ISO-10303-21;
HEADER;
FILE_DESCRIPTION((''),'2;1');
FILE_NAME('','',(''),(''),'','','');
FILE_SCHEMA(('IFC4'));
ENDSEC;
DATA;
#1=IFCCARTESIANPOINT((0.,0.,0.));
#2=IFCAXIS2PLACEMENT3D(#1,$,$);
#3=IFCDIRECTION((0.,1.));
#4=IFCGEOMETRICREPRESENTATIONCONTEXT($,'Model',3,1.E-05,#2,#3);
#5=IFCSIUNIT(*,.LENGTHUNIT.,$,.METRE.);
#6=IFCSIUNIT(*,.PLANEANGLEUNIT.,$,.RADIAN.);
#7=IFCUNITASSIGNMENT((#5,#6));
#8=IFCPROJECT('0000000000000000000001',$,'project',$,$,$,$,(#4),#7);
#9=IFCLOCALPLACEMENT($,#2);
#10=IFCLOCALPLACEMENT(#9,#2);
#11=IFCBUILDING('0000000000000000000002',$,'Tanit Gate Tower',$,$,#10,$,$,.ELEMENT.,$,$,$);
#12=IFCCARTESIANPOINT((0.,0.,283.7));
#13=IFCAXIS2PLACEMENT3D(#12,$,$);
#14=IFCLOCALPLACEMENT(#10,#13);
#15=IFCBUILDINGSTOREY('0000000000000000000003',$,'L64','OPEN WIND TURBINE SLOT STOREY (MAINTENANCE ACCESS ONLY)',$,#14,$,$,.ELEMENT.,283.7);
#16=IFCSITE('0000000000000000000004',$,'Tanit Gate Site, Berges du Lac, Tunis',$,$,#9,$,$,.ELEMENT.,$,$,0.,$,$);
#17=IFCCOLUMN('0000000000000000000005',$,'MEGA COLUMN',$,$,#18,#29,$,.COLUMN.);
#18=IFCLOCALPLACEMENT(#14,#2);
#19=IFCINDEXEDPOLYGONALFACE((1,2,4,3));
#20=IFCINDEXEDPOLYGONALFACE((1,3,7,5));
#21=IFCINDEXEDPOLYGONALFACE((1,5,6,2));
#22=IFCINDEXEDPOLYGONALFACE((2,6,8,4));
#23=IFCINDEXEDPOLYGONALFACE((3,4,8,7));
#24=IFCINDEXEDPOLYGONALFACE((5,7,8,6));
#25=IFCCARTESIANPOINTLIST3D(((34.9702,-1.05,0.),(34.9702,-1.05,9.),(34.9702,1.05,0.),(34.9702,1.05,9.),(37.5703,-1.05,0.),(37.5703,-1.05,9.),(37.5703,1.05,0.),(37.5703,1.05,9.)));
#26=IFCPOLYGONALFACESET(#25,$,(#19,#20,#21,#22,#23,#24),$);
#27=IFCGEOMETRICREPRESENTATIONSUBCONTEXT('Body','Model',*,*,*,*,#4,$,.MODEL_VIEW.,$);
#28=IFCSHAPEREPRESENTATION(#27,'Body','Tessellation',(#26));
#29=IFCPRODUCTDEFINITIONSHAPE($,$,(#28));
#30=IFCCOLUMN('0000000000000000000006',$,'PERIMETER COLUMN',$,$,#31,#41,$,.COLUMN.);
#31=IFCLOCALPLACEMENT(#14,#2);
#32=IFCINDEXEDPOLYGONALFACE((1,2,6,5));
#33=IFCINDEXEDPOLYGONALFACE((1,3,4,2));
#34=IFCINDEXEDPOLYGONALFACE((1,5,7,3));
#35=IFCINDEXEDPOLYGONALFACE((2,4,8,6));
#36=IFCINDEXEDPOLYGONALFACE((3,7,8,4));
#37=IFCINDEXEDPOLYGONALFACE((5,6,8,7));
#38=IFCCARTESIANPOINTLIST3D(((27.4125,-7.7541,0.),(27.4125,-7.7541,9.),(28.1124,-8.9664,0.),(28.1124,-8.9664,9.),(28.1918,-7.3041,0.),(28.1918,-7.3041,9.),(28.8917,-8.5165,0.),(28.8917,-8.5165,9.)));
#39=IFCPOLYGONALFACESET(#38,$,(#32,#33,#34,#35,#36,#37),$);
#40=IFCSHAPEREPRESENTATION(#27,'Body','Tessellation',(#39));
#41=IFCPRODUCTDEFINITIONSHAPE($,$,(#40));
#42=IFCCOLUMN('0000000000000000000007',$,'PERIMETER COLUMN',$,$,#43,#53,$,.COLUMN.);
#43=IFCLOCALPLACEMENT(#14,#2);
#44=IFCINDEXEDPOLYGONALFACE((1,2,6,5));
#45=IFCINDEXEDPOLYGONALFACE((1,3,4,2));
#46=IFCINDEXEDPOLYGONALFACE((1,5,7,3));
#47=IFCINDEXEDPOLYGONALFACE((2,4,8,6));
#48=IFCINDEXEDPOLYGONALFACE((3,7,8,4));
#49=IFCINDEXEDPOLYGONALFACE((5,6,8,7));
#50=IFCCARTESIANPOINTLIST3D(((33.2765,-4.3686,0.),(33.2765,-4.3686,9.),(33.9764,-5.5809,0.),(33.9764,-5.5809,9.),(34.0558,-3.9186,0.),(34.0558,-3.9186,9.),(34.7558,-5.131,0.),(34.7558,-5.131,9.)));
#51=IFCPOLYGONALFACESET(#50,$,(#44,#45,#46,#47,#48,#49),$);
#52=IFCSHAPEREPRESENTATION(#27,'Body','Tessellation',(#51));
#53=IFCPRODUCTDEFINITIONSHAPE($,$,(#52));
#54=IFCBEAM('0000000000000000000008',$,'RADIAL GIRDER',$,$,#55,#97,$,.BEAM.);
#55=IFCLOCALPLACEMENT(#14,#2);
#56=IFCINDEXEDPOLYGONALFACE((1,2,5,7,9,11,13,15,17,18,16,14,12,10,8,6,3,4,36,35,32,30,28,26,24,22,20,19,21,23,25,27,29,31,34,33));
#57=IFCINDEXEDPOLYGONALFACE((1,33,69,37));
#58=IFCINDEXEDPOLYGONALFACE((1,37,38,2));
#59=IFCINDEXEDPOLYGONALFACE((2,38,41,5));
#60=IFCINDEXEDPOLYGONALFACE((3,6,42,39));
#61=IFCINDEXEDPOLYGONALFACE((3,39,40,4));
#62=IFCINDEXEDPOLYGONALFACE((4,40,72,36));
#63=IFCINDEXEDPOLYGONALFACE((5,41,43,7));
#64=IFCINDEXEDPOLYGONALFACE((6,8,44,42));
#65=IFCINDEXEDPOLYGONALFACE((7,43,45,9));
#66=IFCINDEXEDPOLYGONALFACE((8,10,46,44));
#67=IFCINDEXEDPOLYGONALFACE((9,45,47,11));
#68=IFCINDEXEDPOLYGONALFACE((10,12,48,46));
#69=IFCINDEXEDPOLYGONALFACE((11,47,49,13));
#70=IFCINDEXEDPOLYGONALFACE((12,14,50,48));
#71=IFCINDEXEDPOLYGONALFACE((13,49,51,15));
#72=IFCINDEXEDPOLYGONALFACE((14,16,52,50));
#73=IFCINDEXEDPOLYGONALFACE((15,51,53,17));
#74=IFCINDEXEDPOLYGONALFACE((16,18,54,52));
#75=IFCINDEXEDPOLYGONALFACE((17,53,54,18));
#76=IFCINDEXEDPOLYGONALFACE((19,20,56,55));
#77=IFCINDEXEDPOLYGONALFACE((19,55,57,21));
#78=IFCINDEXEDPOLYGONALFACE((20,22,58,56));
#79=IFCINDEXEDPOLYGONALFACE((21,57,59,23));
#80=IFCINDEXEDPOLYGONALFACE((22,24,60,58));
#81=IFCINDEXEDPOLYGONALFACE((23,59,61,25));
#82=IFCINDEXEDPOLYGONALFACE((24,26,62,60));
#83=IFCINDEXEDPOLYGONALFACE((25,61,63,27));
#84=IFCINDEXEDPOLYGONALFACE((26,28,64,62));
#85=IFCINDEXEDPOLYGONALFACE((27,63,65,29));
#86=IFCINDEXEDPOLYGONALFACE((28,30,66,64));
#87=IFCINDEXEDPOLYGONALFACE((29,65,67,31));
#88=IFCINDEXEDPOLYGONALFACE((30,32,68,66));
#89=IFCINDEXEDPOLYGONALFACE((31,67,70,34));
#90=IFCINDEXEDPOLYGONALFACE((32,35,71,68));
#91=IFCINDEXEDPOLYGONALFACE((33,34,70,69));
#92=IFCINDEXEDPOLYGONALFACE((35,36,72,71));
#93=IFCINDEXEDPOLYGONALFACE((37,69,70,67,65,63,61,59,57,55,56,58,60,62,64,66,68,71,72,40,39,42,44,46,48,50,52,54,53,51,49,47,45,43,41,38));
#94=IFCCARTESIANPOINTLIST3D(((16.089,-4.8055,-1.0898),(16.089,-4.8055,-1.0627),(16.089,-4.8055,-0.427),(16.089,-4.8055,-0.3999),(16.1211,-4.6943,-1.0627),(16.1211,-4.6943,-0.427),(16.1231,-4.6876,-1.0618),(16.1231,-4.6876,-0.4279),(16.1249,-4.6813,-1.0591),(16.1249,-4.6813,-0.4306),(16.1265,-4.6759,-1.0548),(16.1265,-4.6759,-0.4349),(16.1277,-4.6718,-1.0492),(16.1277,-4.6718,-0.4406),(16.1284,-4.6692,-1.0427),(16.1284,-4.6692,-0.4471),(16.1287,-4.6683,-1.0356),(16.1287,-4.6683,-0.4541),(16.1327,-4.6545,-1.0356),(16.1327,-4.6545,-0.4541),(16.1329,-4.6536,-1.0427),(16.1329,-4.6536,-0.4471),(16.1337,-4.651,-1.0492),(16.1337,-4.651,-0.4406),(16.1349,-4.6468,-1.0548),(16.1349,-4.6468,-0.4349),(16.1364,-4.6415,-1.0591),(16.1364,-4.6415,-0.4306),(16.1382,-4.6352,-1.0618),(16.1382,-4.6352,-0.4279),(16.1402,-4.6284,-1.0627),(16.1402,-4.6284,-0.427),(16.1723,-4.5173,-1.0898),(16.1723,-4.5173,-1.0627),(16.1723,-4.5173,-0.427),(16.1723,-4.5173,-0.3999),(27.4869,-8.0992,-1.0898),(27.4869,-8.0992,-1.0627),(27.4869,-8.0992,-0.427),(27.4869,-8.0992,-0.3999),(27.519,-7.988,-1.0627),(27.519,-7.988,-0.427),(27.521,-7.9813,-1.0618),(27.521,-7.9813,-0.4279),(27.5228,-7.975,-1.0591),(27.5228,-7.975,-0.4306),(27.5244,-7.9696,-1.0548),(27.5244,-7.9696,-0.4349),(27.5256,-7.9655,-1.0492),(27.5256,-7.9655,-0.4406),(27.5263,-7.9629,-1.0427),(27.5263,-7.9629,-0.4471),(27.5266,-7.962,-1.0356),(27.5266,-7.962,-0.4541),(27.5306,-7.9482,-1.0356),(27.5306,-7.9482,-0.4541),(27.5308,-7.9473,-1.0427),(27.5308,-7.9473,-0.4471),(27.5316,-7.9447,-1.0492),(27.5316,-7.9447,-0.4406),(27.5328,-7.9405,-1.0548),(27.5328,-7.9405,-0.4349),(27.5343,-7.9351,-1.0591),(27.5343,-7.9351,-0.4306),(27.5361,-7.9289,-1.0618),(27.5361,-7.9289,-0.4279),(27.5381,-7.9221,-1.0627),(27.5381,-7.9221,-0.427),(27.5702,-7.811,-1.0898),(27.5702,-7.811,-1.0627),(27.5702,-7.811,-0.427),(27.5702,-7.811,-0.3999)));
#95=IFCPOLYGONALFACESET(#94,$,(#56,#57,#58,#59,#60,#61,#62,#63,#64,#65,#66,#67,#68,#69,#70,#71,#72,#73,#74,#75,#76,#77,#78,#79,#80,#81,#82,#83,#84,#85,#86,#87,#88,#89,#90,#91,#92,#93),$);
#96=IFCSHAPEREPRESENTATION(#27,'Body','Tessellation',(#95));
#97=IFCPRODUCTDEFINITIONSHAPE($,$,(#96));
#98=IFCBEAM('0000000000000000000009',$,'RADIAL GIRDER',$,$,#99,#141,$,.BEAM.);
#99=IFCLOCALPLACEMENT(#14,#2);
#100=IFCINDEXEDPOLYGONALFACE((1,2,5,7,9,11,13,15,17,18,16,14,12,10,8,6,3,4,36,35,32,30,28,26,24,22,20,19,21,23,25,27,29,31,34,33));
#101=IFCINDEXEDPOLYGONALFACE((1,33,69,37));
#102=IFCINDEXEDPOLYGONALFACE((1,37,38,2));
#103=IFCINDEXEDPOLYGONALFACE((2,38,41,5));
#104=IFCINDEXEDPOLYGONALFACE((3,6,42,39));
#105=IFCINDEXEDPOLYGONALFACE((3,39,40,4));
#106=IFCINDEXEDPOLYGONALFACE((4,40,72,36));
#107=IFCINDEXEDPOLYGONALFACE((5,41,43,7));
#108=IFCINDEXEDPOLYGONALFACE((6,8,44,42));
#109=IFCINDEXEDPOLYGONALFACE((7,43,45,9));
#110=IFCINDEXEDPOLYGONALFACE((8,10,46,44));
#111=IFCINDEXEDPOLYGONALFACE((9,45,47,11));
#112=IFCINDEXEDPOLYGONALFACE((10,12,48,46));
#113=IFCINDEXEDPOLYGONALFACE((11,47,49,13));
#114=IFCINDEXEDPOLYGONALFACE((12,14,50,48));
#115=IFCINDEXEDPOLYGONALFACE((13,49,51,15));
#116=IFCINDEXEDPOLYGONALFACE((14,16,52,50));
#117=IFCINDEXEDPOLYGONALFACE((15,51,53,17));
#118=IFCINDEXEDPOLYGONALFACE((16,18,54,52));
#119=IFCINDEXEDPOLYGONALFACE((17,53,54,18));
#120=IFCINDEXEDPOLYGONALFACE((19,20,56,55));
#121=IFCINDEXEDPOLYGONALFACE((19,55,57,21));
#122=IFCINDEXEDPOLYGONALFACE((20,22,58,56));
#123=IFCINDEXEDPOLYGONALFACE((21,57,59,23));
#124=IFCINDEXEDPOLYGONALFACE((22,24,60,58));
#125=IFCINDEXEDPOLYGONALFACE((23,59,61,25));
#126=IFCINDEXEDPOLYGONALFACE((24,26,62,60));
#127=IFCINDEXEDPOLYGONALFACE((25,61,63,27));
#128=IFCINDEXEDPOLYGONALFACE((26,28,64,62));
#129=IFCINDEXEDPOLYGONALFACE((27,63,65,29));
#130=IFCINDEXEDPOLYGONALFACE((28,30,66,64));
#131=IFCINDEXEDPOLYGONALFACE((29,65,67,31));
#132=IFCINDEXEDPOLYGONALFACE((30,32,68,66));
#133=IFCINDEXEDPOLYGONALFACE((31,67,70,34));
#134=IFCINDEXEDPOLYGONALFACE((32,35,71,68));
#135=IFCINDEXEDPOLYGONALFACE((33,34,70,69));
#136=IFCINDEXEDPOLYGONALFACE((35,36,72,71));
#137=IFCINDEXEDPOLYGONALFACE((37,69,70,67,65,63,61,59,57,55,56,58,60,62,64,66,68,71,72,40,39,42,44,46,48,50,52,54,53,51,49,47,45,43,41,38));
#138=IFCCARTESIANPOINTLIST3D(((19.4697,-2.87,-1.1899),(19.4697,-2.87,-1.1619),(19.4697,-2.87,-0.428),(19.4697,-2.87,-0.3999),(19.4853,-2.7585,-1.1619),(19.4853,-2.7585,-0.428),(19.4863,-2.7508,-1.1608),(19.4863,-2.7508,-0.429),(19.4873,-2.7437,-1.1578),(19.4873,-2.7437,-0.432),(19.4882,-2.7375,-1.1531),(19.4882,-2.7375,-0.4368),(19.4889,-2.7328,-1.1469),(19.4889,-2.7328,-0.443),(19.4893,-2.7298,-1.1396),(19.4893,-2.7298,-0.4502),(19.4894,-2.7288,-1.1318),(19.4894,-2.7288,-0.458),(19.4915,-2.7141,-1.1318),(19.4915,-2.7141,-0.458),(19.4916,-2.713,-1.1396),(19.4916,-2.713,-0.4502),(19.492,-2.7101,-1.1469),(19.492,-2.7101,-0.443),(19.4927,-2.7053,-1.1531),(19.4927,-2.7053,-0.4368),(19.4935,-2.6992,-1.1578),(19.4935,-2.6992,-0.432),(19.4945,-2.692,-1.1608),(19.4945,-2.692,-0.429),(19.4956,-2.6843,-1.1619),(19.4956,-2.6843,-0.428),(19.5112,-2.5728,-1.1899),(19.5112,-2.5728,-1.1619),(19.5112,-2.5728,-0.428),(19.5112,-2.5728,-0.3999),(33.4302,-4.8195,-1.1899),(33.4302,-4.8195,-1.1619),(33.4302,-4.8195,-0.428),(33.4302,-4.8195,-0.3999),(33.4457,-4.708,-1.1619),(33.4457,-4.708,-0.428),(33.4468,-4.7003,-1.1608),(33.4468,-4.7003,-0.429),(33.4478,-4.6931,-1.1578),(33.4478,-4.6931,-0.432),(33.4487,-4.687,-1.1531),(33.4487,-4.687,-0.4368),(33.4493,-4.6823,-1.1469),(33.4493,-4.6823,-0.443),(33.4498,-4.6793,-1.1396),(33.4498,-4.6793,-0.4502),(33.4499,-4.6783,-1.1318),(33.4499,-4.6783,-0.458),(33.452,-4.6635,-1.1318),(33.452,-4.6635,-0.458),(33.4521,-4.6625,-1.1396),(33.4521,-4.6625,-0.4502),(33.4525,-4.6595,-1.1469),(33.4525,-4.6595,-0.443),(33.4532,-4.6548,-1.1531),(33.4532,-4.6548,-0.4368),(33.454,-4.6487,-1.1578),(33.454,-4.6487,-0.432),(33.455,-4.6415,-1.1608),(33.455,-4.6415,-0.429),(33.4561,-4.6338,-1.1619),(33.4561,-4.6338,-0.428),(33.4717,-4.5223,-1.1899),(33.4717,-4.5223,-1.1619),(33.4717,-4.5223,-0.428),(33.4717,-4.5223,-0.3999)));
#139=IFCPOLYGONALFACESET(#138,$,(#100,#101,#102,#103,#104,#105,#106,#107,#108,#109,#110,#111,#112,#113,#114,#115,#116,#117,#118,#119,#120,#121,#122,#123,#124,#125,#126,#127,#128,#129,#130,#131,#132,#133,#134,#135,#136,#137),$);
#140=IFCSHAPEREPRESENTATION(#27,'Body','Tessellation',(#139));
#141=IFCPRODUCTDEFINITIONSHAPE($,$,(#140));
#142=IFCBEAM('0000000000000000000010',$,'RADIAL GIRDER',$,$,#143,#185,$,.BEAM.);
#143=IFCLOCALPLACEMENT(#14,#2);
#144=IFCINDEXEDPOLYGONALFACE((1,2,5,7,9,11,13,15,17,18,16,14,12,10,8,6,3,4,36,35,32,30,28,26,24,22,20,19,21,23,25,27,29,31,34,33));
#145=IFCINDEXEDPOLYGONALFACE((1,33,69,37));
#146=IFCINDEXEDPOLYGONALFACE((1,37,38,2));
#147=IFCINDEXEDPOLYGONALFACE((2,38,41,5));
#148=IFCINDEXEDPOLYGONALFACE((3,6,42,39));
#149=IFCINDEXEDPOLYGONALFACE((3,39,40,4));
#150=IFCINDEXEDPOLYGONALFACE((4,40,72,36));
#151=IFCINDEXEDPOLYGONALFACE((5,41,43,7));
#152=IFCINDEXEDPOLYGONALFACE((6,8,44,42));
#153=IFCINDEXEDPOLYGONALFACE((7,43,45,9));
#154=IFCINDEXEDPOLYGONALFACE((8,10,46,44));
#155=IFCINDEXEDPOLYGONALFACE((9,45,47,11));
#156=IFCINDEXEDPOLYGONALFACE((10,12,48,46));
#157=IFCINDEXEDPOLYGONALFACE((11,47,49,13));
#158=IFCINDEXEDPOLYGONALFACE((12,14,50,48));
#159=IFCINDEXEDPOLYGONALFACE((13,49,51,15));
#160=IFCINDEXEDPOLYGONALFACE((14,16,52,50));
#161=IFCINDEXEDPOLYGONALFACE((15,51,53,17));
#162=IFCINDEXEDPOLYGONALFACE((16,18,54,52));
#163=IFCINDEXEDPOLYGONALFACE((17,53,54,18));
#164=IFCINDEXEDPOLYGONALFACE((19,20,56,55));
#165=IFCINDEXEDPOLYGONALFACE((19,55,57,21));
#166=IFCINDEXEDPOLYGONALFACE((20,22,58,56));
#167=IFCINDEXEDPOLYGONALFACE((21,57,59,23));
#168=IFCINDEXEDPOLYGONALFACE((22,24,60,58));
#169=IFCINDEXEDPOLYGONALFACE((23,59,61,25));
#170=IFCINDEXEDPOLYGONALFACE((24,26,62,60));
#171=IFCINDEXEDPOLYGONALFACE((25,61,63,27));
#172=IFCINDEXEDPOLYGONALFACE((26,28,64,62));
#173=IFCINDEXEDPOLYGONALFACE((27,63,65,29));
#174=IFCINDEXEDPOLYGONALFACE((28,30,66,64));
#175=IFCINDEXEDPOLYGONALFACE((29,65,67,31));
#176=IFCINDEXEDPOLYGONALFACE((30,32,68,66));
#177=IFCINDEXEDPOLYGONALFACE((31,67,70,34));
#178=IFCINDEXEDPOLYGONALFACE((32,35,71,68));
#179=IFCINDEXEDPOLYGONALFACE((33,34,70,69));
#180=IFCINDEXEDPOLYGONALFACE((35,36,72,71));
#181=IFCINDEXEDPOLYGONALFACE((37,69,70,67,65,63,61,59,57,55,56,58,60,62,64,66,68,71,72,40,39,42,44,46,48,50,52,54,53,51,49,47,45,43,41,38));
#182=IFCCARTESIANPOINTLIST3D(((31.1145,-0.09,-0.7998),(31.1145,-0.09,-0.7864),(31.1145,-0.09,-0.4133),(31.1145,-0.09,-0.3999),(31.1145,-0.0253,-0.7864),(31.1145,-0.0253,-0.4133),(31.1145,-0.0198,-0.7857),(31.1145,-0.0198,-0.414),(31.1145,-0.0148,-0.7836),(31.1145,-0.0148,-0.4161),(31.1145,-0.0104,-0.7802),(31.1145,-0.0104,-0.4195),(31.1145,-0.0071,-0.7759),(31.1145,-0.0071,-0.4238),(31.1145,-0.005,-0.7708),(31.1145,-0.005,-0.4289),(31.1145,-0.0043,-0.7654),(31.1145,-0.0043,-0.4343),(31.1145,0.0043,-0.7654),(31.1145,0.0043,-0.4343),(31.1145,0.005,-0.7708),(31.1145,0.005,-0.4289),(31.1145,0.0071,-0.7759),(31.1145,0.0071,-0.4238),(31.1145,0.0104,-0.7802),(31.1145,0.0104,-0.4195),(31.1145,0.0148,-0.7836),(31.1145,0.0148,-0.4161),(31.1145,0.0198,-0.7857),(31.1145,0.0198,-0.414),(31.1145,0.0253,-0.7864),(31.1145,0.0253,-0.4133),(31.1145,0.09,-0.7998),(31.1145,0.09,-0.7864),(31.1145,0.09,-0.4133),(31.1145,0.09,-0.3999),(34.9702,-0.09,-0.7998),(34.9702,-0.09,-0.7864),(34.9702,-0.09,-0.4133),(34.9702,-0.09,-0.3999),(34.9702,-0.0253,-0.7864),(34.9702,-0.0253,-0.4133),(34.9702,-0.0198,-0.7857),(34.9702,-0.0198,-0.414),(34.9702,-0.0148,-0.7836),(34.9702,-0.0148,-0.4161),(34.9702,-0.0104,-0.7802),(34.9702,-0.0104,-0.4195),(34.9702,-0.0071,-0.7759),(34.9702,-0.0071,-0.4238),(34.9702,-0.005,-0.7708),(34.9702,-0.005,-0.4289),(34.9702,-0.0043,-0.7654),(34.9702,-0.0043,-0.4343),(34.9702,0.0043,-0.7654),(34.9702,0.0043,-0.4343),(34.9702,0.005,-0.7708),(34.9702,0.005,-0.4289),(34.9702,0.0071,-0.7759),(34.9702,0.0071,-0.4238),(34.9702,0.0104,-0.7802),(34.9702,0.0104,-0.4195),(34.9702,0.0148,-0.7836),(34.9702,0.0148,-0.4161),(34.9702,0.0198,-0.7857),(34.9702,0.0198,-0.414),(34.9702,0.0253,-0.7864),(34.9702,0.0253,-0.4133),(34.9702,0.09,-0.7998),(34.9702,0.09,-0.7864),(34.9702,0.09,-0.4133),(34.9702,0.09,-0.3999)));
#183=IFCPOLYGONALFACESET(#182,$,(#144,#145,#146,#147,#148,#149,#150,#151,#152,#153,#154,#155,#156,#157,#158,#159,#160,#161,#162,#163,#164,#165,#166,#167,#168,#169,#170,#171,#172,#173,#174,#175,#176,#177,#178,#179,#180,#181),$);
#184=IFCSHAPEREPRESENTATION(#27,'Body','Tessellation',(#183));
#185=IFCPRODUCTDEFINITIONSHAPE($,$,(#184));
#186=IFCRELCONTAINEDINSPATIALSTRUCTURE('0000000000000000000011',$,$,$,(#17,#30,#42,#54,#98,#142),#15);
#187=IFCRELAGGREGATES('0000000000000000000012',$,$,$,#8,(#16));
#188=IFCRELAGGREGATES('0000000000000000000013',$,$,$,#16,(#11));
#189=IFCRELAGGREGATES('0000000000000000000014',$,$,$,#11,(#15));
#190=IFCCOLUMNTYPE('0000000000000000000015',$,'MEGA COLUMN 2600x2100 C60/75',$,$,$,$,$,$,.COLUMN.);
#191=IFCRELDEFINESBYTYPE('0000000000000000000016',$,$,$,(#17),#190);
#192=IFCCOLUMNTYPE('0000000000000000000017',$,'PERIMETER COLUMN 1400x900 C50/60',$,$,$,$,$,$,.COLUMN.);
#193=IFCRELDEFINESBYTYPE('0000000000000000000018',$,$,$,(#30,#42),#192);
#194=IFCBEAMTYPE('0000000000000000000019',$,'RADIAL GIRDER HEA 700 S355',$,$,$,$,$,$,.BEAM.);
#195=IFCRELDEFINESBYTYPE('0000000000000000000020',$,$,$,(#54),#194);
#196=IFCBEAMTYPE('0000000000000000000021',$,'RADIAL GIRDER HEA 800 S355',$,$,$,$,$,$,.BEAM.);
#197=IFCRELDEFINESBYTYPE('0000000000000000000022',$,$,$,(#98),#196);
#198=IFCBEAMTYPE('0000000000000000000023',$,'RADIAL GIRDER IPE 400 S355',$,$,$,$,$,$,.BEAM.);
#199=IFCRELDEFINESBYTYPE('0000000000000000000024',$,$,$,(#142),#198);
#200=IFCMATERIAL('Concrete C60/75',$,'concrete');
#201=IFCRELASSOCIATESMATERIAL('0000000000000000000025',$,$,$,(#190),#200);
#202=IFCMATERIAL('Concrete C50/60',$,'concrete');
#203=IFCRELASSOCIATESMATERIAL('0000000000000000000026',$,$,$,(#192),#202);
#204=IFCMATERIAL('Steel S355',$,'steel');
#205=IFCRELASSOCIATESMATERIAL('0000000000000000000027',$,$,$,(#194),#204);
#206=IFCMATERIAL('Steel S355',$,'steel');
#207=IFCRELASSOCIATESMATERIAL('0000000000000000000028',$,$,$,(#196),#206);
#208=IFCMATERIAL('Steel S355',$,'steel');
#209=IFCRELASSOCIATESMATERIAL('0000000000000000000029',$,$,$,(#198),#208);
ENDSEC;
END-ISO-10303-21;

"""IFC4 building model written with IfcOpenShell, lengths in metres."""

from ifc_helpers import new_model, si_unit, direction, frame, origin, origin_2d, place, context, subcontext, project, spatial, rectangle, i_section, extrude, material, material_profile, profile_set, type_object, element, save


model = new_model("IFC4")

# Units and contexts
model_context = context("Model", 3, precision=1e-05, world=origin(), true_north=direction((0.0, 1.0)))
body_context = subcontext(model_context, "Body", "Model", "MODEL_VIEW")
ifc_project = project(units=[si_unit("LENGTHUNIT", "METRE"), si_unit("PLANEANGLEUNIT", "RADIAN")], contexts=[model_context])

# Site, building, storey
site_placement = place(None, origin())
site = spatial("IfcSite", under=ifc_project, at=site_placement, Name="Tanit Gate Site, Berges du Lac, Tunis", CompositionType="ELEMENT", RefElevation=0.0)
building_placement = place(site_placement, origin())
building = spatial("IfcBuilding", under=site, at=building_placement, Name="Tanit Gate Tower", CompositionType="ELEMENT")
storey_placement = place(building_placement, frame((0.0, 0.0, 283.7)))
storey = spatial("IfcBuildingStorey", under=building, at=storey_placement, Name="L64", Description="OPEN WIND TURBINE SLOT STOREY (MAINTENANCE ACCESS ONLY)", CompositionType="ELEMENT", Elevation=283.7)

# Columns
ifc_material_1 = material(Name="Concrete C60/75", Category="concrete")
ifc_material_profile_1 = material_profile(ifc_material_1, rectangle(XDim=2.6001, YDim=2.1001, at=origin_2d()), Name="RC 2600x2100")
ifc_profile_set_1 = profile_set([ifc_material_profile_1], Name="Concrete C60/75")
column_type_1 = type_object("IfcColumnType", Name="MEGA COLUMN 2600x2100 C60/75", PredefinedType="COLUMN", material=ifc_profile_set_1)
column_placement = place(storey_placement, frame((36.2703, 0.0, 0.0), z_axis=(0.0, 0.0, 1.0), x_axis=(1.0, 0.0, 0.0)))
element("IfcColumn", 1, at=column_placement, inside=storey, type_object=column_type_1, Name="MEGA COLUMN", PredefinedType="COLUMN", context=body_context, shape_type="SweptSolid", body=[
    extrude(rectangle(XDim=2.6001, YDim=2.1001, at=origin_2d()), origin(), (0.0, 0.0, 1.0), 9.0),
])
ifc_material_2 = material(Name="Concrete C50/60", Category="concrete")
ifc_material_profile_2 = material_profile(ifc_material_2, rectangle(XDim=1.3999, YDim=0.8999, at=origin_2d()), Name="RC 1400x900")
ifc_profile_set_2 = profile_set([ifc_material_profile_2], Name="Concrete C50/60")
column_type_2 = type_object("IfcColumnType", Name="PERIMETER COLUMN 1400x900 C50/60", PredefinedType="COLUMN", material=ifc_profile_set_2)
for number, where, z_axis, x_axis, name in (
    (2, (28.1521, -8.1353, 0.0), (0.0, 0.0, 1.0), (0.5, -0.866025, 0.0), "PERIMETER COLUMN"),
    (3, (34.0161, -4.7498, 0.0), (0.0, 0.0, 1.0), (0.5, -0.866025, 0.0), "PERIMETER COLUMN"),
):
    element("IfcColumn", number, at=place(storey_placement, frame(where, z_axis=z_axis, x_axis=x_axis)), inside=storey, type_object=column_type_2, Name=name, PredefinedType="COLUMN", context=body_context, shape_type="SweptSolid", body=[
        extrude(rectangle(XDim=1.3999, YDim=0.8999, at=origin_2d()), origin(), (0.0, 0.0, 1.0), 9.0),
    ])

# Beams
ifc_material_3 = material(Name="Steel S355", Category="steel")
ifc_material_profile_3 = material_profile(ifc_material_3, i_section(OverallWidth=0.3, OverallDepth=0.6899, WebThickness=0.0144, FlangeThickness=0.0271, FilletRadius=0.0271, at=origin_2d()), Name="HEA 700")
ifc_profile_set_3 = profile_set([ifc_material_profile_3], Name="Steel S355")
beam_type_1 = type_object("IfcBeamType", Name="RADIAL GIRDER HEA 700 S355", PredefinedType="BEAM", material=ifc_profile_set_3)
beam_1_placement = place(storey_placement, frame((27.5286, -7.9551, -0.7449), z_axis=(-0.960693, 0.277614, 0.0), x_axis=(-0.277614, -0.960693, 0.0)))
element("IfcBeam", 4, at=beam_1_placement, inside=storey, type_object=beam_type_1, Name="RADIAL GIRDER", PredefinedType="BEAM", context=body_context, shape_type="SweptSolid", body=[
    extrude(i_section(OverallWidth=0.3, OverallDepth=0.6899, WebThickness=0.0144, FlangeThickness=0.0271, FilletRadius=0.0271, at=origin_2d()), origin(), (0.0, 0.0, 1.0), 11.8643),
])
ifc_material_4 = material(Name="Steel S355", Category="steel")
ifc_material_profile_4 = material_profile(ifc_material_4, i_section(OverallWidth=0.3, OverallDepth=0.79, WebThickness=0.0149, FlangeThickness=0.0281, FilletRadius=0.03, at=origin_2d()), Name="HEA 800")
ifc_profile_set_4 = profile_set([ifc_material_profile_4], Name="Steel S355")
beam_type_2 = type_object("IfcBeamType", Name="RADIAL GIRDER HEA 800 S355", PredefinedType="BEAM", material=ifc_profile_set_4)
beam_2_placement = place(storey_placement, frame((33.4509, -4.6709, -0.7949), z_axis=(-0.99039, 0.1383, 0.0), x_axis=(-0.1383, -0.99039, 0.0)))
element("IfcBeam", 5, at=beam_2_placement, inside=storey, type_object=beam_type_2, Name="RADIAL GIRDER", PredefinedType="BEAM", context=body_context, shape_type="SweptSolid", body=[
    extrude(i_section(OverallWidth=0.3, OverallDepth=0.79, WebThickness=0.0149, FlangeThickness=0.0281, FilletRadius=0.03, at=origin_2d()), origin(), (0.0, 0.0, 1.0), 14.0959),
])
ifc_material_5 = material(Name="Steel S355", Category="steel")
ifc_material_profile_5 = material_profile(ifc_material_5, i_section(OverallWidth=0.1799, OverallDepth=0.3999, WebThickness=0.0085, FlangeThickness=0.0134, FilletRadius=0.021, at=origin_2d()), Name="IPE 400")
ifc_profile_set_5 = profile_set([ifc_material_profile_5], Name="Steel S355")
beam_type_3 = type_object("IfcBeamType", Name="RADIAL GIRDER IPE 400 S355", PredefinedType="BEAM", material=ifc_profile_set_5)
beam_3_placement = place(storey_placement, frame((34.9702, 0.0, -0.5999), z_axis=(-1.0, 0.0, 0.0), x_axis=(0.0, -1.0, 0.0)))
element("IfcBeam", 6, at=beam_3_placement, inside=storey, type_object=beam_type_3, Name="RADIAL GIRDER", PredefinedType="BEAM", context=body_context, shape_type="SweptSolid", body=[
    extrude(i_section(OverallWidth=0.1799, OverallDepth=0.3999, WebThickness=0.0085, FlangeThickness=0.0134, FilletRadius=0.021, at=origin_2d()), origin(), (0.0, 0.0, 1.0), 3.8557),
])

save(model, "model.ifc")
